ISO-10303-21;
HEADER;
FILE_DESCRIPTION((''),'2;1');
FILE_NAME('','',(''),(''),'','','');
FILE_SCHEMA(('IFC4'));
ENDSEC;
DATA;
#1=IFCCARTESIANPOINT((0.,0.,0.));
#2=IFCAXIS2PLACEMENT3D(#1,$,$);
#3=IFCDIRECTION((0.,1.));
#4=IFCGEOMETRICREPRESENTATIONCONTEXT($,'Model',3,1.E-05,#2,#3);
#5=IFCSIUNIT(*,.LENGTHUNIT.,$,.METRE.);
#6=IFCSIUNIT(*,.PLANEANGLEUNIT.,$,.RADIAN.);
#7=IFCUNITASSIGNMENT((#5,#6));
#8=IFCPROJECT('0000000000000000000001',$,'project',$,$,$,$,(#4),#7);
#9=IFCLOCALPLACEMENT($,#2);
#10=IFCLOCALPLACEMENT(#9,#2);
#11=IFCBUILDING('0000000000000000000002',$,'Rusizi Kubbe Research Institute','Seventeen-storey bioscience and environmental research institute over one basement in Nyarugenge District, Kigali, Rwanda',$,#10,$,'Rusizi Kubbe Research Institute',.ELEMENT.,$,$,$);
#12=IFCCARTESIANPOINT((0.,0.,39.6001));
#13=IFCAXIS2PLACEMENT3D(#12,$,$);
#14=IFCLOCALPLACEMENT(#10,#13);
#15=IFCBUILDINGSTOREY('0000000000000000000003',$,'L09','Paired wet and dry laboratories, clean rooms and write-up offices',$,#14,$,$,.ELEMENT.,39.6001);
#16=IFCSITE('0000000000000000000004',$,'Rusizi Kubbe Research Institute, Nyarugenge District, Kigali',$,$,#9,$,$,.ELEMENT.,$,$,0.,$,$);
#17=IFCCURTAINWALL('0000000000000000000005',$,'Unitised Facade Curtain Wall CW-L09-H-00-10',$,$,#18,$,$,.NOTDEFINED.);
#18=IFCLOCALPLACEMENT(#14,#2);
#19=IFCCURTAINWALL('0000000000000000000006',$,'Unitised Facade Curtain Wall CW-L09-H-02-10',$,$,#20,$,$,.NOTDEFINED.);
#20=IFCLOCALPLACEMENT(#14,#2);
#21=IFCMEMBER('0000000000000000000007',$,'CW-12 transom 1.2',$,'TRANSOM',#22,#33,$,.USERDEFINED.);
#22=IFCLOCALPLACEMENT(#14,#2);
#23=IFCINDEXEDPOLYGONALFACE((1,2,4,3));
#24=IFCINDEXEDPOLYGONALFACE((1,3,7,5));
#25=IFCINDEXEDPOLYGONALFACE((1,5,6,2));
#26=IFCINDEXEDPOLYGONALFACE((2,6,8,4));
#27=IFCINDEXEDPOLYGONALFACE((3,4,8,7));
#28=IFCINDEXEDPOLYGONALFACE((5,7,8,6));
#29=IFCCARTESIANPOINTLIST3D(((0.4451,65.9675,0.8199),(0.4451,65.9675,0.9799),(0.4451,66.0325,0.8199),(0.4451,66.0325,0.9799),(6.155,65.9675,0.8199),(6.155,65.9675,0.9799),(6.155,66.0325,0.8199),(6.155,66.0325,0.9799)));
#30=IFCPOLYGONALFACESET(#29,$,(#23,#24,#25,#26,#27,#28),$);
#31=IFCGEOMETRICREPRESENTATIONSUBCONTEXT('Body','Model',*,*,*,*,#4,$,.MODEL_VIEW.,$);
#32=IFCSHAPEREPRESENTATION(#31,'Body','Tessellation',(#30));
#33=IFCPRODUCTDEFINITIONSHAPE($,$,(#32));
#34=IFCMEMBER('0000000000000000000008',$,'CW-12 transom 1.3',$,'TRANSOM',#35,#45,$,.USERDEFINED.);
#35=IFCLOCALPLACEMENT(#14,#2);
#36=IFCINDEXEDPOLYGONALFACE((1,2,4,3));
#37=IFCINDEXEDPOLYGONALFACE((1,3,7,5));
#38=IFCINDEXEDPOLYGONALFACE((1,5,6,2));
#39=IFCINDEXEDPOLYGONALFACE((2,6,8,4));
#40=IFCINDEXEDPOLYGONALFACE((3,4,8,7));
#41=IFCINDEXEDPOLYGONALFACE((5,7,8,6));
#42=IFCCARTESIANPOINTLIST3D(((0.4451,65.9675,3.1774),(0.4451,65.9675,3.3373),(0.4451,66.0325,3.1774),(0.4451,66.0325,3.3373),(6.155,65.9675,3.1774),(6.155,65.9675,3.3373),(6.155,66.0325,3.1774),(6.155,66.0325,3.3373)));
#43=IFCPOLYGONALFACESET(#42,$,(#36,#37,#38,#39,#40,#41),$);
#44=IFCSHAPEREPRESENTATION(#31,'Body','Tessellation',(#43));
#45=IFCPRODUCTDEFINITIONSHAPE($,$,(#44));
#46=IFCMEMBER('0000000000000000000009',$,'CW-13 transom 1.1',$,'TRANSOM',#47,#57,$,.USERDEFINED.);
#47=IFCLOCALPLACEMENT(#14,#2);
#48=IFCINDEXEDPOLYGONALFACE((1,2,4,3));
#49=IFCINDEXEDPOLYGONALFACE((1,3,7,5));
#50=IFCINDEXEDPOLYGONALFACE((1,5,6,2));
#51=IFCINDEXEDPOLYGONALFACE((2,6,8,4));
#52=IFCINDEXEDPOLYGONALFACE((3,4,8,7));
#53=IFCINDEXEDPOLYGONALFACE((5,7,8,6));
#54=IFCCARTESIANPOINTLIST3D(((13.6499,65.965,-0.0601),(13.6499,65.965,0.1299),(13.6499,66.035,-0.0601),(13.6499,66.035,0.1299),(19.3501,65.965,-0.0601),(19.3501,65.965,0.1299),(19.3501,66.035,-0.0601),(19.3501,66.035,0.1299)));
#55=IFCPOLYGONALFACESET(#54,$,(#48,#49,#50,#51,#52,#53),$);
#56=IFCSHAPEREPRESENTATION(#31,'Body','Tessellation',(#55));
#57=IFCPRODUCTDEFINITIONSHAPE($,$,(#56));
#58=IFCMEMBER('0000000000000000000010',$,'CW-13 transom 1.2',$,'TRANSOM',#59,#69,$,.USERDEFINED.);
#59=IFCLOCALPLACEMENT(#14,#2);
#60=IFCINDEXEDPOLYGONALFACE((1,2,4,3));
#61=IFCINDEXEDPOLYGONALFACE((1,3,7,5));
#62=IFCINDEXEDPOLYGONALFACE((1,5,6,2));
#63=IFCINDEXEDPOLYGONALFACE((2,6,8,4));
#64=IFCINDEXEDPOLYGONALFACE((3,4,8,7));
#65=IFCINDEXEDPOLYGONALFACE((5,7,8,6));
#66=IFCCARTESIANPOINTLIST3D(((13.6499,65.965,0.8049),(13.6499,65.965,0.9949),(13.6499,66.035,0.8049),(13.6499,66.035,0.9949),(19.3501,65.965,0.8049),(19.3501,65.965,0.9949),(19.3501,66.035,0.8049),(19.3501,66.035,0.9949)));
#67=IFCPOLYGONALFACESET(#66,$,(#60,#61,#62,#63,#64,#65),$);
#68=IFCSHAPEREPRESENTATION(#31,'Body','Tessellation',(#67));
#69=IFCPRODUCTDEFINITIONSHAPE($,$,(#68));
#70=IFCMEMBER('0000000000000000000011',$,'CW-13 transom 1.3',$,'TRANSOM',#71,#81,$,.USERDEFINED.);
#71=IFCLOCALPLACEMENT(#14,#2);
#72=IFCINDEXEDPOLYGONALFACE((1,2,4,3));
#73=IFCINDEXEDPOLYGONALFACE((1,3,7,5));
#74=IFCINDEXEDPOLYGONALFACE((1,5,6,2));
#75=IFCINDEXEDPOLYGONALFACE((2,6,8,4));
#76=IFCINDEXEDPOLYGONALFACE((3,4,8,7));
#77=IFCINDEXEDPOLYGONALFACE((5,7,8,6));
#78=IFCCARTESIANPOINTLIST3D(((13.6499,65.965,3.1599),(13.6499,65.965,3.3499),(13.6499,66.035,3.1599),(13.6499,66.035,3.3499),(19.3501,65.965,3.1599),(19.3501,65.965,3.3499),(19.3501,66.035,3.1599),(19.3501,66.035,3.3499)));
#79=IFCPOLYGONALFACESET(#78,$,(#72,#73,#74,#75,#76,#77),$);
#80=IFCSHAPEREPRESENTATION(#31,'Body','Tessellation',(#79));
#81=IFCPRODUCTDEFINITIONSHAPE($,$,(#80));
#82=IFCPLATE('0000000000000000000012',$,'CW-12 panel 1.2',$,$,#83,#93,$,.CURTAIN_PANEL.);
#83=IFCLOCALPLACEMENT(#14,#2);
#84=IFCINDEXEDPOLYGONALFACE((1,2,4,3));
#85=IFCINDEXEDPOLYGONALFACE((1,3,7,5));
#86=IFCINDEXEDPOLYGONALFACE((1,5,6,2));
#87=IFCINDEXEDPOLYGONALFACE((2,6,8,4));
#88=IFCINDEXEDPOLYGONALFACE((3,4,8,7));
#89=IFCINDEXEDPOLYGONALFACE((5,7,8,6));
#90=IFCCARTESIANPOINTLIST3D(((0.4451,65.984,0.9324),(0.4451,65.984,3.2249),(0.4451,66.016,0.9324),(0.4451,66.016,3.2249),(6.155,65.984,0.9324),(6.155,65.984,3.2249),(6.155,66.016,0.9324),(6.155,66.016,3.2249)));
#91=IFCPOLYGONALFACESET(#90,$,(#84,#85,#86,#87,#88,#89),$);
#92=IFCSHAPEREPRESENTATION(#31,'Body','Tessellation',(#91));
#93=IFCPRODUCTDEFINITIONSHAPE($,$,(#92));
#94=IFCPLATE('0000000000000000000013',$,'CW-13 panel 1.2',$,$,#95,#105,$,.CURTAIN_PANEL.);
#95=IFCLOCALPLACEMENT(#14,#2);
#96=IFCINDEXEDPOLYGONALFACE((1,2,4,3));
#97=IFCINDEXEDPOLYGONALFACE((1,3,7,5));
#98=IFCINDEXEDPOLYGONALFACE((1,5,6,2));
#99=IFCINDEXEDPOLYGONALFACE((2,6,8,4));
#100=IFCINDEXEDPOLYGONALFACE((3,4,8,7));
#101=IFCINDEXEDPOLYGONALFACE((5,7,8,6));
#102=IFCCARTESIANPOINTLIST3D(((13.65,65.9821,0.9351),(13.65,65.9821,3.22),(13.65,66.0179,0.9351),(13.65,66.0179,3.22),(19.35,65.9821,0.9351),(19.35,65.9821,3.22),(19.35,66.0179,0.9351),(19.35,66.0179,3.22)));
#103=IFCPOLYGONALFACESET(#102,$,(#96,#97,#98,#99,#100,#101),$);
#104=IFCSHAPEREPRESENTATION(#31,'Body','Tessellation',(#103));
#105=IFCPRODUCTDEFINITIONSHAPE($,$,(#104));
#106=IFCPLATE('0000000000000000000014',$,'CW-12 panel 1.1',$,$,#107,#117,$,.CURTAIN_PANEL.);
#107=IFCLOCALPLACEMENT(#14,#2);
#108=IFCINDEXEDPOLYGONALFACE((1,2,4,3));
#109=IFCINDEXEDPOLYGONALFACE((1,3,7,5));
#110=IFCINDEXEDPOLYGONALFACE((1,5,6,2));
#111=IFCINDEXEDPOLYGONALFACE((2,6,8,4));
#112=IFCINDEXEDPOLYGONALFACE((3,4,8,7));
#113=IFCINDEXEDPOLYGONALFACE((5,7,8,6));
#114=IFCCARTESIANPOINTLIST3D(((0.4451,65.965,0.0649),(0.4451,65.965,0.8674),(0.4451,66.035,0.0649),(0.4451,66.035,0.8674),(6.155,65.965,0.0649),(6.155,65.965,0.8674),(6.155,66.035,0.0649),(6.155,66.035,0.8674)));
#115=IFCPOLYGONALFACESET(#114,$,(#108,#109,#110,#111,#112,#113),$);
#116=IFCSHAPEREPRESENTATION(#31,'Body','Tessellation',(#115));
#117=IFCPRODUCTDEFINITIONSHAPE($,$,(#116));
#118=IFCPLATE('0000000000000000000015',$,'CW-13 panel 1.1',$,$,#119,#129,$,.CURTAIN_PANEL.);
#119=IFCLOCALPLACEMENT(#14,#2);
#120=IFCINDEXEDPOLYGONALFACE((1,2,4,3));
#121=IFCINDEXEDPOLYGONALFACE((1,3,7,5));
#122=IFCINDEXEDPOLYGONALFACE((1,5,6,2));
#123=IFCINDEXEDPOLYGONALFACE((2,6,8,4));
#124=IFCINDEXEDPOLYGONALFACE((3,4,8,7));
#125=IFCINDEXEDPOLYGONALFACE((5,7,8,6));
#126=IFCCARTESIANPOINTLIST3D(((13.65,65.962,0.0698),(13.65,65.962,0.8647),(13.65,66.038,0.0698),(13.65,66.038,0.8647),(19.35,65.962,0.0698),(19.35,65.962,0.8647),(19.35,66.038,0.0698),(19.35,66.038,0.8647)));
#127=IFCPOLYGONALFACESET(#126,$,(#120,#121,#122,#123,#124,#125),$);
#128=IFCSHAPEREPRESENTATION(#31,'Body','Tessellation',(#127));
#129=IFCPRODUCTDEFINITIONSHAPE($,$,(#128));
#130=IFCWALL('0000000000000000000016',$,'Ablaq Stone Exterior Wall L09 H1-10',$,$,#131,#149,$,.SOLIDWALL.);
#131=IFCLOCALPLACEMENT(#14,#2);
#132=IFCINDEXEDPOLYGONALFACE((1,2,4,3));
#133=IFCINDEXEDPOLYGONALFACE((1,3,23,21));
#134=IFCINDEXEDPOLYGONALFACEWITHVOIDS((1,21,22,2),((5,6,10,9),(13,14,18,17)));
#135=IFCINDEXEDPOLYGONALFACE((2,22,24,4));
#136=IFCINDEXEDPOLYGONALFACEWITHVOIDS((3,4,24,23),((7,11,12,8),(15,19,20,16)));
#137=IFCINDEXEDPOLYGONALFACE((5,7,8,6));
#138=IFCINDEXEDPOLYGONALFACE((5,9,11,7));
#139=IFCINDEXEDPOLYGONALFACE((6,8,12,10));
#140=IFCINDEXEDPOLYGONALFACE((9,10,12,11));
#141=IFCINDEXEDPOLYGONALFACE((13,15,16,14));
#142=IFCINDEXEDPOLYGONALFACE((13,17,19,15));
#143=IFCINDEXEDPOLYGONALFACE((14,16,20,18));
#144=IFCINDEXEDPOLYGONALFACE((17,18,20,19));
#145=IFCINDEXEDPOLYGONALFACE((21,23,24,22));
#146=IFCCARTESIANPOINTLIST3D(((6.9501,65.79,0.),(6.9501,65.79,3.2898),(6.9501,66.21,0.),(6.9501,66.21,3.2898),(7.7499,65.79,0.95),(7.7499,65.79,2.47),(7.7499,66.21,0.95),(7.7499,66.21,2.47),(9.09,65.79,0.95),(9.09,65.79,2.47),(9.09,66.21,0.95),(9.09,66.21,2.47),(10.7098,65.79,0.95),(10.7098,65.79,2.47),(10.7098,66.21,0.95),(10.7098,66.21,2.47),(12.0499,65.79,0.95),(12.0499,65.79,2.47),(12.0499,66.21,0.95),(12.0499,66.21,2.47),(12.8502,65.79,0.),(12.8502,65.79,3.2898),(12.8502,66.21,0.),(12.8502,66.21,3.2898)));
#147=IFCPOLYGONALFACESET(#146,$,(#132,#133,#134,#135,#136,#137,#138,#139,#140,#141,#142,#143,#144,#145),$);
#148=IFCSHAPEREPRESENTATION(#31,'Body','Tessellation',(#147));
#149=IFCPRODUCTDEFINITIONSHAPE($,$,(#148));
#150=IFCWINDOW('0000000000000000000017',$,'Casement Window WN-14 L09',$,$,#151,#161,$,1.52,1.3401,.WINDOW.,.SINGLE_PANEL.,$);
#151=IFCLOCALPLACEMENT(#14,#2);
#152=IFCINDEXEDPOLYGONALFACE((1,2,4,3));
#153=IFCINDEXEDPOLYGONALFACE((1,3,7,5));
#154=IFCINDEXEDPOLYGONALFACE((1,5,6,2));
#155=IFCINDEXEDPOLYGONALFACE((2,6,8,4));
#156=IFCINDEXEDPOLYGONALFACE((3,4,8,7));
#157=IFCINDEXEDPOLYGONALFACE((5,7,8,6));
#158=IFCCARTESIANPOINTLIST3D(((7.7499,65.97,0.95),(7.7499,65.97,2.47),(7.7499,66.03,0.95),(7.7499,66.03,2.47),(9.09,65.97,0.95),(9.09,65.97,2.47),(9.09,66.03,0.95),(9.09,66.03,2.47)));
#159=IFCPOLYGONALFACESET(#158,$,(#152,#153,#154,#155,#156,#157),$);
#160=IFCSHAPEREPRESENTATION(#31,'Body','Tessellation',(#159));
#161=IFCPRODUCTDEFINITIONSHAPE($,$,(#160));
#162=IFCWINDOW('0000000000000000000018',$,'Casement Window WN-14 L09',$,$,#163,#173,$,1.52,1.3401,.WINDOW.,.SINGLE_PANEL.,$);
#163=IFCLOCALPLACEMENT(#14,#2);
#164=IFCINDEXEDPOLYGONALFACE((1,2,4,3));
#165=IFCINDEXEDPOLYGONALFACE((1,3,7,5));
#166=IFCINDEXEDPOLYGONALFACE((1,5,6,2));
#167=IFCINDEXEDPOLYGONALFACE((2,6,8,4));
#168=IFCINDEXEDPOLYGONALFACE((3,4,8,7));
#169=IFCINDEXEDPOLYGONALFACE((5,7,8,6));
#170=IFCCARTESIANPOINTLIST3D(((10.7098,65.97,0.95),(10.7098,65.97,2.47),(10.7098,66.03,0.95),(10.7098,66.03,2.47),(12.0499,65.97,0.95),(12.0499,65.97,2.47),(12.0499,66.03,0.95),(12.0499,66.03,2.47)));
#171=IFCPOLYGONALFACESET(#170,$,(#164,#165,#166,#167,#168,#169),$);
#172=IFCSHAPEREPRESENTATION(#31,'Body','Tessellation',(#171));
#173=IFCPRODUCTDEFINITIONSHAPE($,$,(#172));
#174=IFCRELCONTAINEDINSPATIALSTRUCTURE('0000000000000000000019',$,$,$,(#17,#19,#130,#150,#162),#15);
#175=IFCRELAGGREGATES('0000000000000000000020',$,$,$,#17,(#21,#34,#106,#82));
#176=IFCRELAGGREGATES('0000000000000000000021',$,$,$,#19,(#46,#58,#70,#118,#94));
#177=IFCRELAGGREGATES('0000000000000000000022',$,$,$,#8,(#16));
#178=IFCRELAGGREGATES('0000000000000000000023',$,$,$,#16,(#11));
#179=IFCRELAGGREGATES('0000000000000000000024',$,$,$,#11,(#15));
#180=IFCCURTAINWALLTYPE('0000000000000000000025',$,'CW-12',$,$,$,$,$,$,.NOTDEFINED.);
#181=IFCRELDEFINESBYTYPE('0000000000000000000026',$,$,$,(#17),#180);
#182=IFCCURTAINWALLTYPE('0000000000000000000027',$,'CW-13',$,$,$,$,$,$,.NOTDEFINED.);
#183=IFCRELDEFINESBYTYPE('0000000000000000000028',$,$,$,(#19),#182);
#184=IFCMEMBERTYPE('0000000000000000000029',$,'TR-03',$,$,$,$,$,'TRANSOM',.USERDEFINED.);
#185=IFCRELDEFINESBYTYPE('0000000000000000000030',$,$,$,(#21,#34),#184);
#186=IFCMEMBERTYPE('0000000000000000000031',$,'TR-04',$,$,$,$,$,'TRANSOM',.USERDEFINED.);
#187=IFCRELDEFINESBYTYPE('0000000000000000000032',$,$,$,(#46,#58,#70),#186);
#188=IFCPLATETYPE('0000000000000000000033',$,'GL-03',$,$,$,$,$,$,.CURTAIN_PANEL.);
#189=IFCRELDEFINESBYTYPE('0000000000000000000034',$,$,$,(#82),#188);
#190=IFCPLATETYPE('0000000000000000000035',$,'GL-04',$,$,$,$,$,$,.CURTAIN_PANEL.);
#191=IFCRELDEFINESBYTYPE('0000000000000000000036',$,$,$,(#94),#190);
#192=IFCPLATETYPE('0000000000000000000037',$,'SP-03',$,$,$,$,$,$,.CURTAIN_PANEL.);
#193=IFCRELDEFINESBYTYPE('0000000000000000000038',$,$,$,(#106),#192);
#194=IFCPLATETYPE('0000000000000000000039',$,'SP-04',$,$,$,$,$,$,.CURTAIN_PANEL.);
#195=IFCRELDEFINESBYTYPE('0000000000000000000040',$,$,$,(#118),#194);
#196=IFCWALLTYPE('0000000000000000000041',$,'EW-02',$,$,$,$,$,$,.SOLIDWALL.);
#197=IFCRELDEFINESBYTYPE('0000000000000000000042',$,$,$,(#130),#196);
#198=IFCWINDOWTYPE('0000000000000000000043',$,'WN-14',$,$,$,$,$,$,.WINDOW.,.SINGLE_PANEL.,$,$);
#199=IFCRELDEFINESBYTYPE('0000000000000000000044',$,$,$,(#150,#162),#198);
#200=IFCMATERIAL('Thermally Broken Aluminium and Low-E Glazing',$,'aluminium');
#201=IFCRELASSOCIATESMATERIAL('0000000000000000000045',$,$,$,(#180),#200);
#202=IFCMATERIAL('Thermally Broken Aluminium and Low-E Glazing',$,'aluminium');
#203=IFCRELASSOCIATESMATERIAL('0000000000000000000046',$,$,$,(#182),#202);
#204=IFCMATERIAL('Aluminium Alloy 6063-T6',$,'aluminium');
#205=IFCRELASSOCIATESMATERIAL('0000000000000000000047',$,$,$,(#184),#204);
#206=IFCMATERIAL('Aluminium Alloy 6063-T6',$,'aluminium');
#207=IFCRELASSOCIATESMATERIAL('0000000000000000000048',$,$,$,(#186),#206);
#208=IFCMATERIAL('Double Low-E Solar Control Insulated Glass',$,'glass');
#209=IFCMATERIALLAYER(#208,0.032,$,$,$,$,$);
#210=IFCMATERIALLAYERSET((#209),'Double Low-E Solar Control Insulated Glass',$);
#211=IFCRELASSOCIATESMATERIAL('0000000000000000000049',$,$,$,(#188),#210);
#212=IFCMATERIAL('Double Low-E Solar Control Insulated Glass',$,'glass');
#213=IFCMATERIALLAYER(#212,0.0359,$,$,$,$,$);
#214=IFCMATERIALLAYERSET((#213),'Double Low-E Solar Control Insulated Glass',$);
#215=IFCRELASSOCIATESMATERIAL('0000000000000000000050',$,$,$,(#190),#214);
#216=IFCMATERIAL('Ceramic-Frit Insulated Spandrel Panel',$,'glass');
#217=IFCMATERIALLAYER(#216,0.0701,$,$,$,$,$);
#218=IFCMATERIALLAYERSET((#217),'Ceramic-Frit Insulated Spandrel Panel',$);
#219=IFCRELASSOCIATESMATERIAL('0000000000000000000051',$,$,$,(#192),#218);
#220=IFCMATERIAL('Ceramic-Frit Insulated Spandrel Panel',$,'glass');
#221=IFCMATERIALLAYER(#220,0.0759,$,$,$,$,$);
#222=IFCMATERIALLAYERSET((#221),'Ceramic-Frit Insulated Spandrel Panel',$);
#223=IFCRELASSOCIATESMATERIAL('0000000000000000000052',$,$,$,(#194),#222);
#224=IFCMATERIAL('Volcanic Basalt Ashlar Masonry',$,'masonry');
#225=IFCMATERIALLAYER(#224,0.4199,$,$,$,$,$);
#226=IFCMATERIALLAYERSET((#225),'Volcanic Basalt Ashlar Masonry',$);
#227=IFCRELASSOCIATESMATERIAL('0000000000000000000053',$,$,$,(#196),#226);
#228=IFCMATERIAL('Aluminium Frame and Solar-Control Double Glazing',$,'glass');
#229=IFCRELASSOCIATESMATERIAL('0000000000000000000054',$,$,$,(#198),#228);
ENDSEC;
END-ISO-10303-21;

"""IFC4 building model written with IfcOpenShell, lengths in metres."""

from ifc_helpers import new_model, si_unit, direction, frame, frame_2d, origin, origin_2d, place, context, subcontext, project, spatial, rectangle, extrude, material, layer, layer_set, material_profile, profile_set, type_object, element, fill, aggregate, save


model = new_model("IFC4")

# Units and contexts
model_context = context("Model", 3, precision=1e-05, world=origin(), true_north=direction((0.0, 1.0)))
body_context = subcontext(model_context, "Body", "Model", "MODEL_VIEW")
ifc_project = project(units=[si_unit("LENGTHUNIT", "METRE"), si_unit("PLANEANGLEUNIT", "RADIAN")], contexts=[model_context])

# Site, building, storey
site_placement = place(None, origin())
site = spatial("IfcSite", under=ifc_project, at=site_placement, Name="Rusizi Kubbe Research Institute, Nyarugenge District, Kigali", CompositionType="ELEMENT", RefElevation=0.0)
building_placement = place(site_placement, origin())
building = spatial("IfcBuilding", under=site, at=building_placement, Name="Rusizi Kubbe Research Institute", Description="Seventeen-storey bioscience and environmental research institute over one basement in Nyarugenge District, Kigali, Rwanda", LongName="Rusizi Kubbe Research Institute", CompositionType="ELEMENT")
storey_placement = place(building_placement, frame((0.0, 0.0, 39.6001)))
storey = spatial("IfcBuildingStorey", under=building, at=storey_placement, Name="L09", Description="Paired wet and dry laboratories, clean rooms and write-up offices", CompositionType="ELEMENT", Elevation=39.6001)

# Curtain walls
ifc_material_1 = material(Name="Thermally Broken Aluminium and Low-E Glazing", Category="aluminium")
curtain_wall_type_1 = type_object("IfcCurtainWallType", Name="CW-12", PredefinedType="NOTDEFINED", material=ifc_material_1)
curtain_wall_1_placement = place(storey_placement, origin())
curtain_wall_1 = element("IfcCurtainWall", 1, at=curtain_wall_1_placement, inside=storey, type_object=curtain_wall_type_1, Name="Unitised Facade Curtain Wall CW-L09-H-00-10", PredefinedType="NOTDEFINED")
ifc_material_2 = material(Name="Thermally Broken Aluminium and Low-E Glazing", Category="aluminium")
curtain_wall_type_2 = type_object("IfcCurtainWallType", Name="CW-13", PredefinedType="NOTDEFINED", material=ifc_material_2)
curtain_wall_2_placement = place(storey_placement, origin())
curtain_wall_2 = element("IfcCurtainWall", 2, at=curtain_wall_2_placement, inside=storey, type_object=curtain_wall_type_2, Name="Unitised Facade Curtain Wall CW-L09-H-02-10", PredefinedType="NOTDEFINED")

# Members
ifc_material_3 = material(Name="Aluminium Alloy 6063-T6", Category="aluminium")
ifc_material_profile_1 = material_profile(ifc_material_3, rectangle(XDim=0.0649, YDim=0.1599, at=origin_2d()), Name="ALU-T 65x160")
ifc_profile_set_1 = profile_set([ifc_material_profile_1], Name="Aluminium Alloy 6063-T6")
member_type_1 = type_object("IfcMemberType", Name="TR-03", ElementType="TRANSOM", PredefinedType="USERDEFINED", material=ifc_profile_set_1)
member_1_placement = place(storey_placement, frame((0.4451, 66.0, 0.8999), z_axis=(1.0, 0.0, 0.0), x_axis=(0.0, 1.0, 0.0)))
member_1 = element("IfcMember", 3, at=member_1_placement, type_object=member_type_1, Name="CW-12 transom 1.2", ObjectType="TRANSOM", PredefinedType="USERDEFINED", context=body_context, shape_type="SweptSolid", body=[
    extrude(rectangle(XDim=0.0649, YDim=0.1599, at=origin_2d()), origin(), (0.0, 0.0, 1.0), 5.71),
])
member_2_placement = place(storey_placement, frame((0.4451, 66.0, 3.2573), z_axis=(1.0, 0.0, 0.0), x_axis=(0.0, 1.0, 0.0)))
member_2 = element("IfcMember", 4, at=member_2_placement, type_object=member_type_1, Name="CW-12 transom 1.3", ObjectType="TRANSOM", PredefinedType="USERDEFINED", context=body_context, shape_type="SweptSolid", body=[
    extrude(rectangle(XDim=0.0649, YDim=0.1599, at=origin_2d()), origin(), (0.0, 0.0, 1.0), 5.71),
])
ifc_material_4 = material(Name="Aluminium Alloy 6063-T6", Category="aluminium")
ifc_material_profile_2 = material_profile(ifc_material_4, rectangle(XDim=0.0701, YDim=0.1899, at=origin_2d()), Name="ALU-T 70x190")
ifc_profile_set_2 = profile_set([ifc_material_profile_2], Name="Aluminium Alloy 6063-T6")
member_type_2 = type_object("IfcMemberType", Name="TR-04", ElementType="TRANSOM", PredefinedType="USERDEFINED", material=ifc_profile_set_2)
member_3_placement = place(storey_placement, frame((13.6499, 66.0, 0.0349), z_axis=(1.0, 0.0, 0.0), x_axis=(0.0, 1.0, 0.0)))
member_3 = element("IfcMember", 5, at=member_3_placement, type_object=member_type_2, Name="CW-13 transom 1.1", ObjectType="TRANSOM", PredefinedType="USERDEFINED", context=body_context, shape_type="SweptSolid", body=[
    extrude(rectangle(XDim=0.0701, YDim=0.1899, at=origin_2d()), origin(), (0.0, 0.0, 1.0), 5.7002),
])
member_4_placement = place(storey_placement, frame((13.6499, 66.0, 0.8999), z_axis=(1.0, 0.0, 0.0), x_axis=(0.0, 1.0, 0.0)))
member_4 = element("IfcMember", 6, at=member_4_placement, type_object=member_type_2, Name="CW-13 transom 1.2", ObjectType="TRANSOM", PredefinedType="USERDEFINED", context=body_context, shape_type="SweptSolid", body=[
    extrude(rectangle(XDim=0.0701, YDim=0.1899, at=origin_2d()), origin(), (0.0, 0.0, 1.0), 5.7002),
])
member_5_placement = place(storey_placement, frame((13.6499, 66.0, 3.2549), z_axis=(1.0, 0.0, 0.0), x_axis=(0.0, 1.0, 0.0)))
member_5 = element("IfcMember", 7, at=member_5_placement, type_object=member_type_2, Name="CW-13 transom 1.3", ObjectType="TRANSOM", PredefinedType="USERDEFINED", context=body_context, shape_type="SweptSolid", body=[
    extrude(rectangle(XDim=0.0701, YDim=0.1899, at=origin_2d()), origin(), (0.0, 0.0, 1.0), 5.7002),
])

# Plates
ifc_material_5 = material(Name="Double Low-E Solar Control Insulated Glass", Category="glass")
ifc_layer_1 = layer(ifc_material_5, 0.032)
ifc_layer_set_1 = layer_set([ifc_layer_1], Name="Double Low-E Solar Control Insulated Glass")
plate_type_1 = type_object("IfcPlateType", Name="GL-03", PredefinedType="CURTAIN_PANEL", material=ifc_layer_set_1)
plate_1_placement = place(storey_placement, frame((3.3, 66.0, 0.9324), z_axis=(0.0, 0.0, 1.0), x_axis=(1.0, 0.0, 0.0)))
plate_1 = element("IfcPlate", 8, at=plate_1_placement, type_object=plate_type_1, Name="CW-12 panel 1.2", PredefinedType="CURTAIN_PANEL", context=body_context, shape_type="SweptSolid", body=[
    extrude(rectangle(XDim=5.71, YDim=0.032, at=origin_2d()), origin(), (0.0, 0.0, 1.0), 2.2925),
])
ifc_material_6 = material(Name="Double Low-E Solar Control Insulated Glass", Category="glass")
ifc_layer_2 = layer(ifc_material_6, 0.0359)
ifc_layer_set_2 = layer_set([ifc_layer_2], Name="Double Low-E Solar Control Insulated Glass")
plate_type_2 = type_object("IfcPlateType", Name="GL-04", PredefinedType="CURTAIN_PANEL", material=ifc_layer_set_2)
plate_2_placement = place(storey_placement, frame((16.5, 66.0, 0.9351), z_axis=(0.0, 0.0, 1.0), x_axis=(1.0, 0.0, 0.0)))
plate_2 = element("IfcPlate", 9, at=plate_2_placement, type_object=plate_type_2, Name="CW-13 panel 1.2", PredefinedType="CURTAIN_PANEL", context=body_context, shape_type="SweptSolid", body=[
    extrude(rectangle(XDim=5.7, YDim=0.0359, at=origin_2d()), origin(), (0.0, 0.0, 1.0), 2.2849),
])
ifc_material_7 = material(Name="Ceramic-Frit Insulated Spandrel Panel", Category="glass")
ifc_layer_3 = layer(ifc_material_7, 0.0701)
ifc_layer_set_3 = layer_set([ifc_layer_3], Name="Ceramic-Frit Insulated Spandrel Panel")
plate_type_3 = type_object("IfcPlateType", Name="SP-03", PredefinedType="CURTAIN_PANEL", material=ifc_layer_set_3)
plate_3_placement = place(storey_placement, frame((3.3, 66.0, 0.0649), z_axis=(0.0, 0.0, 1.0), x_axis=(1.0, 0.0, 0.0)))
plate_3 = element("IfcPlate", 10, at=plate_3_placement, type_object=plate_type_3, Name="CW-12 panel 1.1", PredefinedType="CURTAIN_PANEL", context=body_context, shape_type="SweptSolid", body=[
    extrude(rectangle(XDim=5.71, YDim=0.0701, at=origin_2d()), origin(), (0.0, 0.0, 1.0), 0.8025),
])
aggregate(curtain_wall_1, [member_1, member_2, plate_3, plate_1])
ifc_material_8 = material(Name="Ceramic-Frit Insulated Spandrel Panel", Category="glass")
ifc_layer_4 = layer(ifc_material_8, 0.0759)
ifc_layer_set_4 = layer_set([ifc_layer_4], Name="Ceramic-Frit Insulated Spandrel Panel")
plate_type_4 = type_object("IfcPlateType", Name="SP-04", PredefinedType="CURTAIN_PANEL", material=ifc_layer_set_4)
plate_4_placement = place(storey_placement, frame((16.5, 66.0, 0.0698), z_axis=(0.0, 0.0, 1.0), x_axis=(1.0, 0.0, 0.0)))
plate_4 = element("IfcPlate", 11, at=plate_4_placement, type_object=plate_type_4, Name="CW-13 panel 1.1", PredefinedType="CURTAIN_PANEL", context=body_context, shape_type="SweptSolid", body=[
    extrude(rectangle(XDim=5.7, YDim=0.0759, at=origin_2d()), origin(), (0.0, 0.0, 1.0), 0.7949),
])
aggregate(curtain_wall_2, [member_3, member_4, member_5, plate_4, plate_2])

# Wall, openings, windows
ifc_material_9 = material(Name="Volcanic Basalt Ashlar Masonry", Category="masonry")
ifc_layer_5 = layer(ifc_material_9, 0.4199)
ifc_layer_set_5 = layer_set([ifc_layer_5], Name="Volcanic Basalt Ashlar Masonry")
wall_type_1 = type_object("IfcWallType", Name="EW-02", PredefinedType="SOLIDWALL", material=ifc_layer_set_5)
wall_1_placement = place(storey_placement, frame((6.95, 66.0, 0.0), z_axis=(0.0, 0.0, 1.0), x_axis=(1.0, 0.0, 0.0)))
wall_1 = element("IfcWall", 12, at=wall_1_placement, inside=storey, type_object=wall_type_1, Name="Ablaq Stone Exterior Wall L09 H1-10", PredefinedType="SOLIDWALL", context=body_context, shape_type="SweptSolid", body=[
    extrude(rectangle(XDim=5.9001, YDim=0.4199, at=frame_2d((2.9502, 0.0))), origin(), (0.0, 0.0, 1.0), 3.2898),
])
opening_1_placement = place(wall_1_placement, frame((0.8, 0.0, 0.95)))
opening_1 = element("IfcOpeningElement", 13, at=opening_1_placement, cuts=wall_1, PredefinedType="OPENING", context=body_context, shape_type="SweptSolid", body=[
    extrude(rectangle(XDim=1.3401, YDim=1.52, at=frame_2d((0.6699, 0.76))), frame((0.0, 0.22, 0.0), z_axis=(0.0, -1.0, 0.0), x_axis=(1.0, 0.0, 0.0)), (0.0, 0.0, 1.0), 0.4399),
])
opening_2_placement = place(wall_1_placement, frame((3.76, 0.0, 0.95)))
opening_2 = element("IfcOpeningElement", 14, at=opening_2_placement, cuts=wall_1, PredefinedType="OPENING", context=body_context, shape_type="SweptSolid", body=[
    extrude(rectangle(XDim=1.3401, YDim=1.52, at=frame_2d((0.6699, 0.76))), frame((0.0, 0.22, 0.0), z_axis=(0.0, -1.0, 0.0), x_axis=(1.0, 0.0, 0.0)), (0.0, 0.0, 1.0), 0.4399),
])
ifc_material_10 = material(Name="Aluminium Frame and Solar-Control Double Glazing", Category="glass")
window_type = type_object("IfcWindowType", Name="WN-14", PartitioningType="SINGLE_PANEL", PredefinedType="WINDOW", material=ifc_material_10)
window_1_placement = place(opening_1_placement, origin())
window_1 = element("IfcWindow", 15, at=window_1_placement, inside=storey, type_object=window_type, Name="Casement Window WN-14 L09", OverallHeight=1.52, OverallWidth=1.3401, PartitioningType="SINGLE_PANEL", PredefinedType="WINDOW", context=body_context, shape_type="SweptSolid", body=[
    extrude(rectangle(XDim=1.3401, YDim=1.52, at=frame_2d((0.6699, 0.76))), frame((0.0, 0.03, 0.0), z_axis=(0.0, -1.0, 0.0), x_axis=(1.0, 0.0, 0.0)), (0.0, 0.0, 1.0), 0.0601),
])
fill(opening_1, window_1)
window_2_placement = place(opening_2_placement, origin())
window_2 = element("IfcWindow", 16, at=window_2_placement, inside=storey, type_object=window_type, Name="Casement Window WN-14 L09", OverallHeight=1.52, OverallWidth=1.3401, PartitioningType="SINGLE_PANEL", PredefinedType="WINDOW", context=body_context, shape_type="SweptSolid", body=[
    extrude(rectangle(XDim=1.3401, YDim=1.52, at=frame_2d((0.6699, 0.76))), frame((0.0, 0.03, 0.0), z_axis=(0.0, -1.0, 0.0), x_axis=(1.0, 0.0, 0.0)), (0.0, 0.0, 1.0), 0.0601),
])
fill(opening_2, window_2)

save(model, "model.ifc")
